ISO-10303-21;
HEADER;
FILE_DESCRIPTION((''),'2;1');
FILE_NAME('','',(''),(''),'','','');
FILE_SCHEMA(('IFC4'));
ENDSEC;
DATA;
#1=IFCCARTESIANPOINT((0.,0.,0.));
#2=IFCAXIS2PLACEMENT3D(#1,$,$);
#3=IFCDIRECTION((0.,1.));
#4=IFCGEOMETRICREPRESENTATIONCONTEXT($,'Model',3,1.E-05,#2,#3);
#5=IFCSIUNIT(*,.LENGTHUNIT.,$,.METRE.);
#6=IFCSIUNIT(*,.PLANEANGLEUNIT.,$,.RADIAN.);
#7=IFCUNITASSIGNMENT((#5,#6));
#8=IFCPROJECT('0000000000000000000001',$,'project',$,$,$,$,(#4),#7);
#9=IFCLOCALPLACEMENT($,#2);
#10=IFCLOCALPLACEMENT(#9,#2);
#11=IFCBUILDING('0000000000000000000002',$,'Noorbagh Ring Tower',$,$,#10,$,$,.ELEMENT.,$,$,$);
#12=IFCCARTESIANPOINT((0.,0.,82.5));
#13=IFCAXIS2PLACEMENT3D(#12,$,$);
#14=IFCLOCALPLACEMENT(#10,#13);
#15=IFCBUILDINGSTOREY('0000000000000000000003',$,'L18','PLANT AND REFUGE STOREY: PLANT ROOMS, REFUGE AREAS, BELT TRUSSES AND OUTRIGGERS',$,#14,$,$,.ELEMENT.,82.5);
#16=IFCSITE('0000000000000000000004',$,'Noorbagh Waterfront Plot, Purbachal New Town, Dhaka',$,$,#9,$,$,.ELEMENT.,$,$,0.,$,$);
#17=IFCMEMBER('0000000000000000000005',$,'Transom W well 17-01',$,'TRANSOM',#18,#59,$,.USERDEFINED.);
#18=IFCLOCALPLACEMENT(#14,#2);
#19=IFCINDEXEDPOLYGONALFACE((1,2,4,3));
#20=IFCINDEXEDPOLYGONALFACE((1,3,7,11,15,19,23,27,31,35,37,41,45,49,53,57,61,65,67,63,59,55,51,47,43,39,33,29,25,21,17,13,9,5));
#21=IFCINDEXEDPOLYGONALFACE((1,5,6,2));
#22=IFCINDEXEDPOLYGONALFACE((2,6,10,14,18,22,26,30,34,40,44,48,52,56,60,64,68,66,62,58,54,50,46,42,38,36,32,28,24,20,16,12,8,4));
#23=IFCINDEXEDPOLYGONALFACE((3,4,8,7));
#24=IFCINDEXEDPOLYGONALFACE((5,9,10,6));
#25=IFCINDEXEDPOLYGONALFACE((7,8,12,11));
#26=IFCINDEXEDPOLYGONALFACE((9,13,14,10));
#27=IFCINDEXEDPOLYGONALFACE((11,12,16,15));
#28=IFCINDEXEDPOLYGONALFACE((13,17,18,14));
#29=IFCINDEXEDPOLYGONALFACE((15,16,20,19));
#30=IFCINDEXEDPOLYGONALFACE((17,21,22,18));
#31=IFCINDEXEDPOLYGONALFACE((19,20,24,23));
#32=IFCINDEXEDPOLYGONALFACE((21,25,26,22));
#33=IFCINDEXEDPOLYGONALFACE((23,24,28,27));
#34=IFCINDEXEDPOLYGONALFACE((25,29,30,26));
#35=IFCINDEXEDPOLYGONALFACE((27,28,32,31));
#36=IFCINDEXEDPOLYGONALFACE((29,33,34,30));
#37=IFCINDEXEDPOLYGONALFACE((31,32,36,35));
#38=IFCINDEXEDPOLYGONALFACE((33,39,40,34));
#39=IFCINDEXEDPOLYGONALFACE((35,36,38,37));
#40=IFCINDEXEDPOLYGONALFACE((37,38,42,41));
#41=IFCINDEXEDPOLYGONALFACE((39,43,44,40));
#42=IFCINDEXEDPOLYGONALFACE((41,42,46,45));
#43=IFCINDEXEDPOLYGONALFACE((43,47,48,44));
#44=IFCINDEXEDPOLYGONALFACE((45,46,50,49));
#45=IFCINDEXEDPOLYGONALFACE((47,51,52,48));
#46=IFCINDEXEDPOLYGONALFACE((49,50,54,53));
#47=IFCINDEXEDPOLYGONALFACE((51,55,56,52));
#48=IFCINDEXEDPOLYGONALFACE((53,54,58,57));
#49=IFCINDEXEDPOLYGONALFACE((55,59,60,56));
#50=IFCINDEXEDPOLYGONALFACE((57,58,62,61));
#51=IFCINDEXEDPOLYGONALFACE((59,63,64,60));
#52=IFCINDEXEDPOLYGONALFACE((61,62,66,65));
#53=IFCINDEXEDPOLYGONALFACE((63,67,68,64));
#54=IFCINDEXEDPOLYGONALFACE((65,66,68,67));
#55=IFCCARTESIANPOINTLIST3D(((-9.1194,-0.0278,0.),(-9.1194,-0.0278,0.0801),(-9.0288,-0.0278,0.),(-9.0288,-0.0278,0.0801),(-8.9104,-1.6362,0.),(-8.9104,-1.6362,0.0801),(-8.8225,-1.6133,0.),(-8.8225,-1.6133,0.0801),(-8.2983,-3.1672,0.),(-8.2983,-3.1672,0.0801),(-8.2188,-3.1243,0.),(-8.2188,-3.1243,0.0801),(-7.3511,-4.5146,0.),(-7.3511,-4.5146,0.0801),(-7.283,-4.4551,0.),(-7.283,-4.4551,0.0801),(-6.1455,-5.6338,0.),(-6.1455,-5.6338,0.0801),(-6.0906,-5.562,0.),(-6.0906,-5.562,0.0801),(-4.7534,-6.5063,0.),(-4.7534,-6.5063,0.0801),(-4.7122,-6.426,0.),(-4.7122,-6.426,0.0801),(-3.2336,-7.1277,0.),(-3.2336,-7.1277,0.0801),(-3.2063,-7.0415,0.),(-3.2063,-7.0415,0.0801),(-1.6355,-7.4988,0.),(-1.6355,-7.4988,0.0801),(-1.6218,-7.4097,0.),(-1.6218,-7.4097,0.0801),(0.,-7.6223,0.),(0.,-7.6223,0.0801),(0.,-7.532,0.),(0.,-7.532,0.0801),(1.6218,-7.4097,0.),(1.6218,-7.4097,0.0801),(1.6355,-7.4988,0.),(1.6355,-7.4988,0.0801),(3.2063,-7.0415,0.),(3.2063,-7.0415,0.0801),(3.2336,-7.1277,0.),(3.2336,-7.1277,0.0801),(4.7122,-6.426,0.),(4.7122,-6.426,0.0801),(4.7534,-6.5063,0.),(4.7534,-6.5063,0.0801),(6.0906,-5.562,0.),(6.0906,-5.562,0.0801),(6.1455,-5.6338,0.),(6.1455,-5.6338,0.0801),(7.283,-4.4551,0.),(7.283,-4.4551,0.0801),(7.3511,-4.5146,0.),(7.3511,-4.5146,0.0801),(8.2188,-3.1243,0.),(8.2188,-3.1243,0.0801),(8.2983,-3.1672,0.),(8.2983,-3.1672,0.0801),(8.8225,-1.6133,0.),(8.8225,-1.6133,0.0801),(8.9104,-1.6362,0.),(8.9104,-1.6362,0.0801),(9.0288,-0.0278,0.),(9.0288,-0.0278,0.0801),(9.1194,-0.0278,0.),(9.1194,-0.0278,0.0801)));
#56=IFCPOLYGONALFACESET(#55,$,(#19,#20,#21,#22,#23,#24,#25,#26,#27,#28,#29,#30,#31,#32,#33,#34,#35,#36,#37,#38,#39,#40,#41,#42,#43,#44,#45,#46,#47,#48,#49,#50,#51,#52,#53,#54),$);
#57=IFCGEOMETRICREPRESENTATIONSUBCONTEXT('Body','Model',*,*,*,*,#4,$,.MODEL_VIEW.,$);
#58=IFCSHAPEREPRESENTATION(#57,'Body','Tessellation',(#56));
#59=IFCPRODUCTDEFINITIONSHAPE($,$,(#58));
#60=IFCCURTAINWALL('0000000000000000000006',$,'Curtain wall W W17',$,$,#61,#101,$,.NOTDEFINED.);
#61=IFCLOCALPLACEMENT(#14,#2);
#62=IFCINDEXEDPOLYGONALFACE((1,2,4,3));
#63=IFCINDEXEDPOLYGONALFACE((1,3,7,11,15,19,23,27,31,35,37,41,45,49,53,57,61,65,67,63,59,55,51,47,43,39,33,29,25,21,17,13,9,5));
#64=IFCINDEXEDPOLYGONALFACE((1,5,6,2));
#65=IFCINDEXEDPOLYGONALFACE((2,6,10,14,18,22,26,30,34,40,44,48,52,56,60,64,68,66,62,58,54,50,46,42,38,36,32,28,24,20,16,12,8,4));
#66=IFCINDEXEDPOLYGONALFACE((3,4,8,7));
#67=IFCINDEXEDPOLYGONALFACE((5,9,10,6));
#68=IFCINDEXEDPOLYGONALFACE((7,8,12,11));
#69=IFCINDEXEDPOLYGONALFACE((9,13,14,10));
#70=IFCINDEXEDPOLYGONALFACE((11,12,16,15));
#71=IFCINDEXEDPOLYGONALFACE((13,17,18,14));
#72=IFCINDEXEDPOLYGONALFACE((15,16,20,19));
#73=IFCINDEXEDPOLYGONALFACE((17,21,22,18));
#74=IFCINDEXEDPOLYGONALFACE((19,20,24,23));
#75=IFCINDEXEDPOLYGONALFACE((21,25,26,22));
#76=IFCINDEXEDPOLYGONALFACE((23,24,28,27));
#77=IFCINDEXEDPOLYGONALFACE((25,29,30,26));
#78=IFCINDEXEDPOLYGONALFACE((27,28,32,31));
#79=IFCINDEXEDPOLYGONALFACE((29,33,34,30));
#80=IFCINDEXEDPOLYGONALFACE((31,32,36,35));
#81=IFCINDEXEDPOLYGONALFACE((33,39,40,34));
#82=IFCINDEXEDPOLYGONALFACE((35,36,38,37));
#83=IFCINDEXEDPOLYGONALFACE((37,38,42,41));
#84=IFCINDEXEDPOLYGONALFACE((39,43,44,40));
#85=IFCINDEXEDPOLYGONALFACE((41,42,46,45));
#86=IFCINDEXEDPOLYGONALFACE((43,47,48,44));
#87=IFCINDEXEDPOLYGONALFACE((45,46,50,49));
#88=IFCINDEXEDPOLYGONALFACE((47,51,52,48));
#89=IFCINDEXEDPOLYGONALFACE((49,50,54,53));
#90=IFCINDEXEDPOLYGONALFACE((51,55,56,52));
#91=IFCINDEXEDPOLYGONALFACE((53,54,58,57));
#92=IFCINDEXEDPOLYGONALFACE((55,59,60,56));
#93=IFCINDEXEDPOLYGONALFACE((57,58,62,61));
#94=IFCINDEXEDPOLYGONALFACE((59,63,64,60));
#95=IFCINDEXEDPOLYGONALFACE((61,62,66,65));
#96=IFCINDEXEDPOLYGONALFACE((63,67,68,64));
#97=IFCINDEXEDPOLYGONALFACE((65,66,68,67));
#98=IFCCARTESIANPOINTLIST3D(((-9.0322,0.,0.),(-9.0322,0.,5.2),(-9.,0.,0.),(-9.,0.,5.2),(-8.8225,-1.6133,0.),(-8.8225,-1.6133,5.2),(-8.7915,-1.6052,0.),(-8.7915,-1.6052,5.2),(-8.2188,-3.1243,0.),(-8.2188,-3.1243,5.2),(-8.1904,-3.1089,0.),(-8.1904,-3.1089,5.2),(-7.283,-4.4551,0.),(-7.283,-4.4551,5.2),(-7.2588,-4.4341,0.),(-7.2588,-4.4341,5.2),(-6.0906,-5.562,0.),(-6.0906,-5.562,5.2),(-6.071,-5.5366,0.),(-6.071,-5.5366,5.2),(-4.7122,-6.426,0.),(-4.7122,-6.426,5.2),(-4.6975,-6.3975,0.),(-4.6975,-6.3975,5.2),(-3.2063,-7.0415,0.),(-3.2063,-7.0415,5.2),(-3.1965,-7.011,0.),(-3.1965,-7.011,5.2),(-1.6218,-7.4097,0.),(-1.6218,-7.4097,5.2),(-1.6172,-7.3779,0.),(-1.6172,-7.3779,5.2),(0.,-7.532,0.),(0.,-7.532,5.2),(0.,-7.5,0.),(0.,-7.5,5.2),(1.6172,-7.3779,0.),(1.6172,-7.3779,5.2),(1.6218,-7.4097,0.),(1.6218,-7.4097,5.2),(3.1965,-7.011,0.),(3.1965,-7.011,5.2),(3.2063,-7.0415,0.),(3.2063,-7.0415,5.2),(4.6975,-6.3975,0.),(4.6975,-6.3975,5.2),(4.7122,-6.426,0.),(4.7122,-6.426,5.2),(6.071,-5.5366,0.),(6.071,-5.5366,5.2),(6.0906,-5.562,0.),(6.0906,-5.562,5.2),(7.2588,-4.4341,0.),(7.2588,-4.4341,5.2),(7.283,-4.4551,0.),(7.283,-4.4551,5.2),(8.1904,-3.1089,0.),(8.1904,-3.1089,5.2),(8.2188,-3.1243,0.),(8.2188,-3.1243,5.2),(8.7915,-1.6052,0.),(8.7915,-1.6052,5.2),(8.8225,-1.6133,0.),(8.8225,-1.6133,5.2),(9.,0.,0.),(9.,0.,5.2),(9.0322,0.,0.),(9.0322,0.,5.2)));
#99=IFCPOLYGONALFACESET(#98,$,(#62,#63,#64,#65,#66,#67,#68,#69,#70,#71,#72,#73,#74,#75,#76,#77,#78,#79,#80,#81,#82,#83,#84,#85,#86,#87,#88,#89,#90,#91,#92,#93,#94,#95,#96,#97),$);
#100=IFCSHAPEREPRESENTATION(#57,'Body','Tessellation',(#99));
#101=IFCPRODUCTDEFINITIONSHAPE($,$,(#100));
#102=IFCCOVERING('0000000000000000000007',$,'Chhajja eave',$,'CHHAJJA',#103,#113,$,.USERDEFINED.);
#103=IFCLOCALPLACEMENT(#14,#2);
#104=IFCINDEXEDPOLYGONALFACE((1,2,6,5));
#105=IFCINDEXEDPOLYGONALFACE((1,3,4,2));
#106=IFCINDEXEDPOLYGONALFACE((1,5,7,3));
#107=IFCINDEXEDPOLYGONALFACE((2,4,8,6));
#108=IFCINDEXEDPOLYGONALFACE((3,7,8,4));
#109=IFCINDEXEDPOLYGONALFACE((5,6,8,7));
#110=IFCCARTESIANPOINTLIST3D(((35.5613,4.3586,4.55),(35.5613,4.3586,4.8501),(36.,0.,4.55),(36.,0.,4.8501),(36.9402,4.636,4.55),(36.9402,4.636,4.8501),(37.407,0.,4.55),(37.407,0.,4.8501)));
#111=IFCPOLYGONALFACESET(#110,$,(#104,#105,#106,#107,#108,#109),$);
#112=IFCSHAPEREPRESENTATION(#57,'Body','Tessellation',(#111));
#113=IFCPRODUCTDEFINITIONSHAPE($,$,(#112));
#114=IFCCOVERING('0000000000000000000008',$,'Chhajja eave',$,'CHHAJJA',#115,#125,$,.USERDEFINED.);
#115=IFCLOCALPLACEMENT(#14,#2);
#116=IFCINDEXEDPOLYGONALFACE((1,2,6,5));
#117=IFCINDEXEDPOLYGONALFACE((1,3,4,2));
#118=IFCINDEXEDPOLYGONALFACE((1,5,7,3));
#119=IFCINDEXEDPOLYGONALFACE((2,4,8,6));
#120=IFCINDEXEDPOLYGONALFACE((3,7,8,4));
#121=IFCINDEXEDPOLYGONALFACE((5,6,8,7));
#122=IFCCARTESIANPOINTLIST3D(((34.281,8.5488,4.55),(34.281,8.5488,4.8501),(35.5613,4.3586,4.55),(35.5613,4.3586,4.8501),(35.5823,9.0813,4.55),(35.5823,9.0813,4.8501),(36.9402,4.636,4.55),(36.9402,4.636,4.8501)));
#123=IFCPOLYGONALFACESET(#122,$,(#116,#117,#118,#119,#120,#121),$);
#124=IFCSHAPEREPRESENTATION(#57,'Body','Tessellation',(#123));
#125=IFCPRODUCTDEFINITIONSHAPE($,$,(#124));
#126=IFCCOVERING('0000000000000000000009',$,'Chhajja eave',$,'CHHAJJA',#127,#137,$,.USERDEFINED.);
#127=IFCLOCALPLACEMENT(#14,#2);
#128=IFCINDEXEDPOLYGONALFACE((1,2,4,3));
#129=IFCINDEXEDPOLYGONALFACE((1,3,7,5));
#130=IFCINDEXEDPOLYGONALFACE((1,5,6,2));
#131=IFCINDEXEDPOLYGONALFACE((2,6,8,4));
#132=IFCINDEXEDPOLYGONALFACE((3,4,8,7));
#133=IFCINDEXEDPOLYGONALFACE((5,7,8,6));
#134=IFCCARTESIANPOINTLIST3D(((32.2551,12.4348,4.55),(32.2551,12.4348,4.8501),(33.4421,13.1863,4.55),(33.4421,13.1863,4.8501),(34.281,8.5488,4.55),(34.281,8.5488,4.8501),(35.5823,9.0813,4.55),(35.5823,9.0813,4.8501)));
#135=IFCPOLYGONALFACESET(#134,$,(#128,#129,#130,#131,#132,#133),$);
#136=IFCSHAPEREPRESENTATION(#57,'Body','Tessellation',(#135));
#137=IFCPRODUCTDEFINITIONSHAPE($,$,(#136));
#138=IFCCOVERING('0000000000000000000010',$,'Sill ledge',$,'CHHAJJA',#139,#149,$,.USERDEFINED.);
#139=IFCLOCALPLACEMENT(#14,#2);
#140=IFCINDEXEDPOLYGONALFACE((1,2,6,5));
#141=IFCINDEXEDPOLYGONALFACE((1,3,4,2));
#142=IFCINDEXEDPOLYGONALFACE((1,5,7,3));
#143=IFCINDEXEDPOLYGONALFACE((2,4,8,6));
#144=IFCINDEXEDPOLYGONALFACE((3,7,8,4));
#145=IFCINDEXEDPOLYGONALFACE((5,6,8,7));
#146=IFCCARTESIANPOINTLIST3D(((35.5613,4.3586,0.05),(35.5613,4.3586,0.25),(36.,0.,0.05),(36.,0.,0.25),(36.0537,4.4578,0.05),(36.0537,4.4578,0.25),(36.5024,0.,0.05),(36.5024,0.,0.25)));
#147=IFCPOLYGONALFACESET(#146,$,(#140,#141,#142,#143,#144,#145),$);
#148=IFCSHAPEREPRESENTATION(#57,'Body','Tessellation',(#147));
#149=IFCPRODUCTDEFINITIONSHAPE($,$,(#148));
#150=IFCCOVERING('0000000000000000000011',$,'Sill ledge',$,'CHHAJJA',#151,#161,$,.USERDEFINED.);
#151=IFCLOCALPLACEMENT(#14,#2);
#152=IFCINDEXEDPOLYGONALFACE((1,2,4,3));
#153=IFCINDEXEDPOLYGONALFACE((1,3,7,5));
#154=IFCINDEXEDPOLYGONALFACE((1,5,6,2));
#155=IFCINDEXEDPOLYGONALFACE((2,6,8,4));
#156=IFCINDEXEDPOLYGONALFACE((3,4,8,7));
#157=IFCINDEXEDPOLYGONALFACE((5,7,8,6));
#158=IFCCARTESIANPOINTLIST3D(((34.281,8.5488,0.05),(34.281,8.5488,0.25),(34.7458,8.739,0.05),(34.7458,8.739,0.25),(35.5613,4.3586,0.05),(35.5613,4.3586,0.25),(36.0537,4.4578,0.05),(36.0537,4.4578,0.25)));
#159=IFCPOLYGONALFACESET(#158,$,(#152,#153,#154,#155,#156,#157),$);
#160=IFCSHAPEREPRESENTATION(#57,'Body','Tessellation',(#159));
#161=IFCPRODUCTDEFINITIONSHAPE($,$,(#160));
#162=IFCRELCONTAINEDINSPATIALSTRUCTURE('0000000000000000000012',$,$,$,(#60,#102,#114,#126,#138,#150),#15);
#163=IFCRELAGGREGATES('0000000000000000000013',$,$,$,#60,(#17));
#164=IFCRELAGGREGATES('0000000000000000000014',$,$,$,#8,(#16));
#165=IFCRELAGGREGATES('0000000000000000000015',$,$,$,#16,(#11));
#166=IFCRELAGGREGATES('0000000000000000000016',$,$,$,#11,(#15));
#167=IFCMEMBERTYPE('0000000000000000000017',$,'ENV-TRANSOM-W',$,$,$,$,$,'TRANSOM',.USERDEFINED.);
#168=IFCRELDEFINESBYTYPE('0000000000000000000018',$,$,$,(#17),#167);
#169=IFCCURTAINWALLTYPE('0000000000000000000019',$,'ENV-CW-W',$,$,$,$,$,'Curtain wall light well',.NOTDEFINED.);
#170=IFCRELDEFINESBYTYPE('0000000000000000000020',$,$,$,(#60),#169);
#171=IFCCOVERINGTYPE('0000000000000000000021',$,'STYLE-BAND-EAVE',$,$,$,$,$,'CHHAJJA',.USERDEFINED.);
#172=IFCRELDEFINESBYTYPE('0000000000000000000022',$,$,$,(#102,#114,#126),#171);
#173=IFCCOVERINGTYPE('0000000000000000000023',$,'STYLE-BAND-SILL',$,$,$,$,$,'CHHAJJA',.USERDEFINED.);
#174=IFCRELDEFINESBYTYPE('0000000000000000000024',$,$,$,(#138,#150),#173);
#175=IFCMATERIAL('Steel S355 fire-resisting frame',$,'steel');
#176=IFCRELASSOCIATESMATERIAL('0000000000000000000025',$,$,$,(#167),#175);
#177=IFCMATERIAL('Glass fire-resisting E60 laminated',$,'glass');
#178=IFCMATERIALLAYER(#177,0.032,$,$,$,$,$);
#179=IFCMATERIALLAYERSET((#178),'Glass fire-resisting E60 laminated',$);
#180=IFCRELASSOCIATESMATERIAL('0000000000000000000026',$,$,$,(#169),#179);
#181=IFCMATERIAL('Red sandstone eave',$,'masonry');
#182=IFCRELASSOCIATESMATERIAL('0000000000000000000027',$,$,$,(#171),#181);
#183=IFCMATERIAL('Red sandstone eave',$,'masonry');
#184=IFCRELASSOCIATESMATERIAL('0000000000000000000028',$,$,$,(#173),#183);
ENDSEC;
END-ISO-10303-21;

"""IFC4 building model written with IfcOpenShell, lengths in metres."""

from ifc_helpers import new_model, si_unit, direction, frame, origin, place, context, subcontext, project, spatial, polyline, outline, extrude, material, layer, layer_set, type_object, element, aggregate, save


model = new_model("IFC4")

# Units and contexts
model_context = context("Model", 3, precision=1e-05, world=origin(), true_north=direction((0.0, 1.0)))
body_context = subcontext(model_context, "Body", "Model", "MODEL_VIEW")
ifc_project = project(units=[si_unit("LENGTHUNIT", "METRE"), si_unit("PLANEANGLEUNIT", "RADIAN")], contexts=[model_context])

# Member
site_placement = place(None, origin())
building_placement = place(site_placement, origin())
storey_placement = place(building_placement, frame((0.0, 0.0, 82.5)))
ifc_material_1 = material(Name="Steel S355 fire-resisting frame", Category="steel")
member_type_1 = type_object("IfcMemberType", Name="ENV-TRANSOM-W", ElementType="TRANSOM", PredefinedType="USERDEFINED", material=ifc_material_1)
member_1_placement = place(storey_placement, origin())
member_1 = element("IfcMember", 1, at=member_1_placement, type_object=member_type_1, Name="Transom W well 17-01", ObjectType="TRANSOM", PredefinedType="USERDEFINED", context=body_context, shape_type="SweptSolid", body=[
    extrude(outline(polyline([(-9.1194, -0.0278), (-8.9104, -1.6362), (-8.2983, -3.1672), (-7.3511, -4.5146), (-6.1455, -5.6338), (-4.7534, -6.5063), (-3.2336, -7.1277), (-1.6355, -7.4988), (0.0, -7.6223), (1.6355, -7.4988), (3.2336, -7.1277), (4.7534, -6.5063), (6.1455, -5.6338), (7.3511, -4.5146), (8.2983, -3.1672), (8.9104, -1.6362), (9.1194, -0.0278), (9.0288, -0.0278), (8.8225, -1.6133), (8.2188, -3.1243), (7.283, -4.4551), (6.0906, -5.562), (4.7122, -6.426), (3.2063, -7.0415), (1.6218, -7.4097), (0.0, -7.532), (-1.6218, -7.4097), (-3.2063, -7.0415), (-4.7122, -6.426), (-6.0906, -5.562), (-7.283, -4.4551), (-8.2188, -3.1243), (-8.8225, -1.6133), (-9.0288, -0.0278), (-9.1194, -0.0278)])), origin(), (0.0, 0.0, 1.0), 0.0801),
])

# Site, building, storey
site = spatial("IfcSite", under=ifc_project, at=site_placement, Name="Noorbagh Waterfront Plot, Purbachal New Town, Dhaka", CompositionType="ELEMENT", RefElevation=0.0)
building = spatial("IfcBuilding", under=site, at=building_placement, Name="Noorbagh Ring Tower", CompositionType="ELEMENT")
storey = spatial("IfcBuildingStorey", under=building, at=storey_placement, Name="L18", Description="PLANT AND REFUGE STOREY: PLANT ROOMS, REFUGE AREAS, BELT TRUSSES AND OUTRIGGERS", CompositionType="ELEMENT", Elevation=82.5)

# Curtain wall
ifc_material_2 = material(Name="Glass fire-resisting E60 laminated", Category="glass")
ifc_layer_1 = layer(ifc_material_2, 0.032)
ifc_layer_set_1 = layer_set([ifc_layer_1], Name="Glass fire-resisting E60 laminated")
curtain_wall_type_1 = type_object("IfcCurtainWallType", Name="ENV-CW-W", ElementType="Curtain wall light well", PredefinedType="NOTDEFINED", material=ifc_layer_set_1)
curtain_wall_1_placement = place(storey_placement, origin())
curtain_wall_1 = element("IfcCurtainWall", 2, at=curtain_wall_1_placement, inside=storey, type_object=curtain_wall_type_1, Name="Curtain wall W W17", PredefinedType="NOTDEFINED", context=body_context, shape_type="SweptSolid", body=[
    extrude(outline(polyline([(-9.0322, 0.0), (-8.8225, -1.6133), (-8.2188, -3.1243), (-7.283, -4.4551), (-6.0906, -5.562), (-4.7122, -6.426), (-3.2063, -7.0415), (-1.6218, -7.4097), (0.0, -7.532), (1.6218, -7.4097), (3.2063, -7.0415), (4.7122, -6.426), (6.0906, -5.562), (7.283, -4.4551), (8.2188, -3.1243), (8.8225, -1.6133), (9.0322, 0.0), (9.0, 0.0), (8.7915, -1.6052), (8.1904, -3.1089), (7.2588, -4.4341), (6.071, -5.5366), (4.6975, -6.3975), (3.1965, -7.011), (1.6172, -7.3779), (0.0, -7.5), (-1.6172, -7.3779), (-3.1965, -7.011), (-4.6975, -6.3975), (-6.071, -5.5366), (-7.2588, -4.4341), (-8.1904, -3.1089), (-8.7915, -1.6052), (-9.0, 0.0), (-9.0322, 0.0)])), origin(), (0.0, 0.0, 1.0), 5.2),
])
aggregate(curtain_wall_1, [member_1])

# Coverings
ifc_material_3 = material(Name="Red sandstone eave", Category="masonry")
covering_type_1 = type_object("IfcCoveringType", Name="STYLE-BAND-EAVE", ElementType="CHHAJJA", PredefinedType="USERDEFINED", material=ifc_material_3)
covering_1_placement = place(storey_placement, frame((0.0, 0.0, 4.55)))
element("IfcCovering", 3, at=covering_1_placement, inside=storey, type_object=covering_type_1, Name="Chhajja eave", ObjectType="CHHAJJA", PredefinedType="USERDEFINED", context=body_context, shape_type="SweptSolid", body=[
    extrude(outline(polyline([(36.0, 0.0), (35.5613, 4.3586), (36.9402, 4.636), (37.407, 0.0), (36.0, 0.0)])), origin(), (0.0, 0.0, 1.0), 0.3),
])
covering_2_placement = place(storey_placement, frame((0.0, 0.0, 4.55)))
element("IfcCovering", 4, at=covering_2_placement, inside=storey, type_object=covering_type_1, Name="Chhajja eave", ObjectType="CHHAJJA", PredefinedType="USERDEFINED", context=body_context, shape_type="SweptSolid", body=[
    extrude(outline(polyline([(35.5613, 4.3586), (34.281, 8.5488), (35.5823, 9.0813), (36.9402, 4.636), (35.5613, 4.3586)])), origin(), (0.0, 0.0, 1.0), 0.3),
])
covering_3_placement = place(storey_placement, frame((0.0, 0.0, 4.55)))
element("IfcCovering", 5, at=covering_3_placement, inside=storey, type_object=covering_type_1, Name="Chhajja eave", ObjectType="CHHAJJA", PredefinedType="USERDEFINED", context=body_context, shape_type="SweptSolid", body=[
    extrude(outline(polyline([(34.281, 8.5488), (32.2551, 12.4348), (33.4421, 13.1863), (35.5823, 9.0813), (34.281, 8.5488)])), origin(), (0.0, 0.0, 1.0), 0.3),
])
ifc_material_4 = material(Name="Red sandstone eave", Category="masonry")
covering_type_2 = type_object("IfcCoveringType", Name="STYLE-BAND-SILL", ElementType="CHHAJJA", PredefinedType="USERDEFINED", material=ifc_material_4)
covering_4_placement = place(storey_placement, frame((0.0, 0.0, 0.05)))
element("IfcCovering", 6, at=covering_4_placement, inside=storey, type_object=covering_type_2, Name="Sill ledge", ObjectType="CHHAJJA", PredefinedType="USERDEFINED", context=body_context, shape_type="SweptSolid", body=[
    extrude(outline(polyline([(36.0, 0.0), (35.5613, 4.3586), (36.0537, 4.4578), (36.5024, 0.0), (36.0, 0.0)])), origin(), (0.0, 0.0, 1.0), 0.2),
])
covering_5_placement = place(storey_placement, frame((0.0, 0.0, 0.05)))
element("IfcCovering", 7, at=covering_5_placement, inside=storey, type_object=covering_type_2, Name="Sill ledge", ObjectType="CHHAJJA", PredefinedType="USERDEFINED", context=body_context, shape_type="SweptSolid", body=[
    extrude(outline(polyline([(35.5613, 4.3586), (34.281, 8.5488), (34.7458, 8.739), (36.0537, 4.4578), (35.5613, 4.3586)])), origin(), (0.0, 0.0, 1.0), 0.2),
])

save(model, "model.ifc")
